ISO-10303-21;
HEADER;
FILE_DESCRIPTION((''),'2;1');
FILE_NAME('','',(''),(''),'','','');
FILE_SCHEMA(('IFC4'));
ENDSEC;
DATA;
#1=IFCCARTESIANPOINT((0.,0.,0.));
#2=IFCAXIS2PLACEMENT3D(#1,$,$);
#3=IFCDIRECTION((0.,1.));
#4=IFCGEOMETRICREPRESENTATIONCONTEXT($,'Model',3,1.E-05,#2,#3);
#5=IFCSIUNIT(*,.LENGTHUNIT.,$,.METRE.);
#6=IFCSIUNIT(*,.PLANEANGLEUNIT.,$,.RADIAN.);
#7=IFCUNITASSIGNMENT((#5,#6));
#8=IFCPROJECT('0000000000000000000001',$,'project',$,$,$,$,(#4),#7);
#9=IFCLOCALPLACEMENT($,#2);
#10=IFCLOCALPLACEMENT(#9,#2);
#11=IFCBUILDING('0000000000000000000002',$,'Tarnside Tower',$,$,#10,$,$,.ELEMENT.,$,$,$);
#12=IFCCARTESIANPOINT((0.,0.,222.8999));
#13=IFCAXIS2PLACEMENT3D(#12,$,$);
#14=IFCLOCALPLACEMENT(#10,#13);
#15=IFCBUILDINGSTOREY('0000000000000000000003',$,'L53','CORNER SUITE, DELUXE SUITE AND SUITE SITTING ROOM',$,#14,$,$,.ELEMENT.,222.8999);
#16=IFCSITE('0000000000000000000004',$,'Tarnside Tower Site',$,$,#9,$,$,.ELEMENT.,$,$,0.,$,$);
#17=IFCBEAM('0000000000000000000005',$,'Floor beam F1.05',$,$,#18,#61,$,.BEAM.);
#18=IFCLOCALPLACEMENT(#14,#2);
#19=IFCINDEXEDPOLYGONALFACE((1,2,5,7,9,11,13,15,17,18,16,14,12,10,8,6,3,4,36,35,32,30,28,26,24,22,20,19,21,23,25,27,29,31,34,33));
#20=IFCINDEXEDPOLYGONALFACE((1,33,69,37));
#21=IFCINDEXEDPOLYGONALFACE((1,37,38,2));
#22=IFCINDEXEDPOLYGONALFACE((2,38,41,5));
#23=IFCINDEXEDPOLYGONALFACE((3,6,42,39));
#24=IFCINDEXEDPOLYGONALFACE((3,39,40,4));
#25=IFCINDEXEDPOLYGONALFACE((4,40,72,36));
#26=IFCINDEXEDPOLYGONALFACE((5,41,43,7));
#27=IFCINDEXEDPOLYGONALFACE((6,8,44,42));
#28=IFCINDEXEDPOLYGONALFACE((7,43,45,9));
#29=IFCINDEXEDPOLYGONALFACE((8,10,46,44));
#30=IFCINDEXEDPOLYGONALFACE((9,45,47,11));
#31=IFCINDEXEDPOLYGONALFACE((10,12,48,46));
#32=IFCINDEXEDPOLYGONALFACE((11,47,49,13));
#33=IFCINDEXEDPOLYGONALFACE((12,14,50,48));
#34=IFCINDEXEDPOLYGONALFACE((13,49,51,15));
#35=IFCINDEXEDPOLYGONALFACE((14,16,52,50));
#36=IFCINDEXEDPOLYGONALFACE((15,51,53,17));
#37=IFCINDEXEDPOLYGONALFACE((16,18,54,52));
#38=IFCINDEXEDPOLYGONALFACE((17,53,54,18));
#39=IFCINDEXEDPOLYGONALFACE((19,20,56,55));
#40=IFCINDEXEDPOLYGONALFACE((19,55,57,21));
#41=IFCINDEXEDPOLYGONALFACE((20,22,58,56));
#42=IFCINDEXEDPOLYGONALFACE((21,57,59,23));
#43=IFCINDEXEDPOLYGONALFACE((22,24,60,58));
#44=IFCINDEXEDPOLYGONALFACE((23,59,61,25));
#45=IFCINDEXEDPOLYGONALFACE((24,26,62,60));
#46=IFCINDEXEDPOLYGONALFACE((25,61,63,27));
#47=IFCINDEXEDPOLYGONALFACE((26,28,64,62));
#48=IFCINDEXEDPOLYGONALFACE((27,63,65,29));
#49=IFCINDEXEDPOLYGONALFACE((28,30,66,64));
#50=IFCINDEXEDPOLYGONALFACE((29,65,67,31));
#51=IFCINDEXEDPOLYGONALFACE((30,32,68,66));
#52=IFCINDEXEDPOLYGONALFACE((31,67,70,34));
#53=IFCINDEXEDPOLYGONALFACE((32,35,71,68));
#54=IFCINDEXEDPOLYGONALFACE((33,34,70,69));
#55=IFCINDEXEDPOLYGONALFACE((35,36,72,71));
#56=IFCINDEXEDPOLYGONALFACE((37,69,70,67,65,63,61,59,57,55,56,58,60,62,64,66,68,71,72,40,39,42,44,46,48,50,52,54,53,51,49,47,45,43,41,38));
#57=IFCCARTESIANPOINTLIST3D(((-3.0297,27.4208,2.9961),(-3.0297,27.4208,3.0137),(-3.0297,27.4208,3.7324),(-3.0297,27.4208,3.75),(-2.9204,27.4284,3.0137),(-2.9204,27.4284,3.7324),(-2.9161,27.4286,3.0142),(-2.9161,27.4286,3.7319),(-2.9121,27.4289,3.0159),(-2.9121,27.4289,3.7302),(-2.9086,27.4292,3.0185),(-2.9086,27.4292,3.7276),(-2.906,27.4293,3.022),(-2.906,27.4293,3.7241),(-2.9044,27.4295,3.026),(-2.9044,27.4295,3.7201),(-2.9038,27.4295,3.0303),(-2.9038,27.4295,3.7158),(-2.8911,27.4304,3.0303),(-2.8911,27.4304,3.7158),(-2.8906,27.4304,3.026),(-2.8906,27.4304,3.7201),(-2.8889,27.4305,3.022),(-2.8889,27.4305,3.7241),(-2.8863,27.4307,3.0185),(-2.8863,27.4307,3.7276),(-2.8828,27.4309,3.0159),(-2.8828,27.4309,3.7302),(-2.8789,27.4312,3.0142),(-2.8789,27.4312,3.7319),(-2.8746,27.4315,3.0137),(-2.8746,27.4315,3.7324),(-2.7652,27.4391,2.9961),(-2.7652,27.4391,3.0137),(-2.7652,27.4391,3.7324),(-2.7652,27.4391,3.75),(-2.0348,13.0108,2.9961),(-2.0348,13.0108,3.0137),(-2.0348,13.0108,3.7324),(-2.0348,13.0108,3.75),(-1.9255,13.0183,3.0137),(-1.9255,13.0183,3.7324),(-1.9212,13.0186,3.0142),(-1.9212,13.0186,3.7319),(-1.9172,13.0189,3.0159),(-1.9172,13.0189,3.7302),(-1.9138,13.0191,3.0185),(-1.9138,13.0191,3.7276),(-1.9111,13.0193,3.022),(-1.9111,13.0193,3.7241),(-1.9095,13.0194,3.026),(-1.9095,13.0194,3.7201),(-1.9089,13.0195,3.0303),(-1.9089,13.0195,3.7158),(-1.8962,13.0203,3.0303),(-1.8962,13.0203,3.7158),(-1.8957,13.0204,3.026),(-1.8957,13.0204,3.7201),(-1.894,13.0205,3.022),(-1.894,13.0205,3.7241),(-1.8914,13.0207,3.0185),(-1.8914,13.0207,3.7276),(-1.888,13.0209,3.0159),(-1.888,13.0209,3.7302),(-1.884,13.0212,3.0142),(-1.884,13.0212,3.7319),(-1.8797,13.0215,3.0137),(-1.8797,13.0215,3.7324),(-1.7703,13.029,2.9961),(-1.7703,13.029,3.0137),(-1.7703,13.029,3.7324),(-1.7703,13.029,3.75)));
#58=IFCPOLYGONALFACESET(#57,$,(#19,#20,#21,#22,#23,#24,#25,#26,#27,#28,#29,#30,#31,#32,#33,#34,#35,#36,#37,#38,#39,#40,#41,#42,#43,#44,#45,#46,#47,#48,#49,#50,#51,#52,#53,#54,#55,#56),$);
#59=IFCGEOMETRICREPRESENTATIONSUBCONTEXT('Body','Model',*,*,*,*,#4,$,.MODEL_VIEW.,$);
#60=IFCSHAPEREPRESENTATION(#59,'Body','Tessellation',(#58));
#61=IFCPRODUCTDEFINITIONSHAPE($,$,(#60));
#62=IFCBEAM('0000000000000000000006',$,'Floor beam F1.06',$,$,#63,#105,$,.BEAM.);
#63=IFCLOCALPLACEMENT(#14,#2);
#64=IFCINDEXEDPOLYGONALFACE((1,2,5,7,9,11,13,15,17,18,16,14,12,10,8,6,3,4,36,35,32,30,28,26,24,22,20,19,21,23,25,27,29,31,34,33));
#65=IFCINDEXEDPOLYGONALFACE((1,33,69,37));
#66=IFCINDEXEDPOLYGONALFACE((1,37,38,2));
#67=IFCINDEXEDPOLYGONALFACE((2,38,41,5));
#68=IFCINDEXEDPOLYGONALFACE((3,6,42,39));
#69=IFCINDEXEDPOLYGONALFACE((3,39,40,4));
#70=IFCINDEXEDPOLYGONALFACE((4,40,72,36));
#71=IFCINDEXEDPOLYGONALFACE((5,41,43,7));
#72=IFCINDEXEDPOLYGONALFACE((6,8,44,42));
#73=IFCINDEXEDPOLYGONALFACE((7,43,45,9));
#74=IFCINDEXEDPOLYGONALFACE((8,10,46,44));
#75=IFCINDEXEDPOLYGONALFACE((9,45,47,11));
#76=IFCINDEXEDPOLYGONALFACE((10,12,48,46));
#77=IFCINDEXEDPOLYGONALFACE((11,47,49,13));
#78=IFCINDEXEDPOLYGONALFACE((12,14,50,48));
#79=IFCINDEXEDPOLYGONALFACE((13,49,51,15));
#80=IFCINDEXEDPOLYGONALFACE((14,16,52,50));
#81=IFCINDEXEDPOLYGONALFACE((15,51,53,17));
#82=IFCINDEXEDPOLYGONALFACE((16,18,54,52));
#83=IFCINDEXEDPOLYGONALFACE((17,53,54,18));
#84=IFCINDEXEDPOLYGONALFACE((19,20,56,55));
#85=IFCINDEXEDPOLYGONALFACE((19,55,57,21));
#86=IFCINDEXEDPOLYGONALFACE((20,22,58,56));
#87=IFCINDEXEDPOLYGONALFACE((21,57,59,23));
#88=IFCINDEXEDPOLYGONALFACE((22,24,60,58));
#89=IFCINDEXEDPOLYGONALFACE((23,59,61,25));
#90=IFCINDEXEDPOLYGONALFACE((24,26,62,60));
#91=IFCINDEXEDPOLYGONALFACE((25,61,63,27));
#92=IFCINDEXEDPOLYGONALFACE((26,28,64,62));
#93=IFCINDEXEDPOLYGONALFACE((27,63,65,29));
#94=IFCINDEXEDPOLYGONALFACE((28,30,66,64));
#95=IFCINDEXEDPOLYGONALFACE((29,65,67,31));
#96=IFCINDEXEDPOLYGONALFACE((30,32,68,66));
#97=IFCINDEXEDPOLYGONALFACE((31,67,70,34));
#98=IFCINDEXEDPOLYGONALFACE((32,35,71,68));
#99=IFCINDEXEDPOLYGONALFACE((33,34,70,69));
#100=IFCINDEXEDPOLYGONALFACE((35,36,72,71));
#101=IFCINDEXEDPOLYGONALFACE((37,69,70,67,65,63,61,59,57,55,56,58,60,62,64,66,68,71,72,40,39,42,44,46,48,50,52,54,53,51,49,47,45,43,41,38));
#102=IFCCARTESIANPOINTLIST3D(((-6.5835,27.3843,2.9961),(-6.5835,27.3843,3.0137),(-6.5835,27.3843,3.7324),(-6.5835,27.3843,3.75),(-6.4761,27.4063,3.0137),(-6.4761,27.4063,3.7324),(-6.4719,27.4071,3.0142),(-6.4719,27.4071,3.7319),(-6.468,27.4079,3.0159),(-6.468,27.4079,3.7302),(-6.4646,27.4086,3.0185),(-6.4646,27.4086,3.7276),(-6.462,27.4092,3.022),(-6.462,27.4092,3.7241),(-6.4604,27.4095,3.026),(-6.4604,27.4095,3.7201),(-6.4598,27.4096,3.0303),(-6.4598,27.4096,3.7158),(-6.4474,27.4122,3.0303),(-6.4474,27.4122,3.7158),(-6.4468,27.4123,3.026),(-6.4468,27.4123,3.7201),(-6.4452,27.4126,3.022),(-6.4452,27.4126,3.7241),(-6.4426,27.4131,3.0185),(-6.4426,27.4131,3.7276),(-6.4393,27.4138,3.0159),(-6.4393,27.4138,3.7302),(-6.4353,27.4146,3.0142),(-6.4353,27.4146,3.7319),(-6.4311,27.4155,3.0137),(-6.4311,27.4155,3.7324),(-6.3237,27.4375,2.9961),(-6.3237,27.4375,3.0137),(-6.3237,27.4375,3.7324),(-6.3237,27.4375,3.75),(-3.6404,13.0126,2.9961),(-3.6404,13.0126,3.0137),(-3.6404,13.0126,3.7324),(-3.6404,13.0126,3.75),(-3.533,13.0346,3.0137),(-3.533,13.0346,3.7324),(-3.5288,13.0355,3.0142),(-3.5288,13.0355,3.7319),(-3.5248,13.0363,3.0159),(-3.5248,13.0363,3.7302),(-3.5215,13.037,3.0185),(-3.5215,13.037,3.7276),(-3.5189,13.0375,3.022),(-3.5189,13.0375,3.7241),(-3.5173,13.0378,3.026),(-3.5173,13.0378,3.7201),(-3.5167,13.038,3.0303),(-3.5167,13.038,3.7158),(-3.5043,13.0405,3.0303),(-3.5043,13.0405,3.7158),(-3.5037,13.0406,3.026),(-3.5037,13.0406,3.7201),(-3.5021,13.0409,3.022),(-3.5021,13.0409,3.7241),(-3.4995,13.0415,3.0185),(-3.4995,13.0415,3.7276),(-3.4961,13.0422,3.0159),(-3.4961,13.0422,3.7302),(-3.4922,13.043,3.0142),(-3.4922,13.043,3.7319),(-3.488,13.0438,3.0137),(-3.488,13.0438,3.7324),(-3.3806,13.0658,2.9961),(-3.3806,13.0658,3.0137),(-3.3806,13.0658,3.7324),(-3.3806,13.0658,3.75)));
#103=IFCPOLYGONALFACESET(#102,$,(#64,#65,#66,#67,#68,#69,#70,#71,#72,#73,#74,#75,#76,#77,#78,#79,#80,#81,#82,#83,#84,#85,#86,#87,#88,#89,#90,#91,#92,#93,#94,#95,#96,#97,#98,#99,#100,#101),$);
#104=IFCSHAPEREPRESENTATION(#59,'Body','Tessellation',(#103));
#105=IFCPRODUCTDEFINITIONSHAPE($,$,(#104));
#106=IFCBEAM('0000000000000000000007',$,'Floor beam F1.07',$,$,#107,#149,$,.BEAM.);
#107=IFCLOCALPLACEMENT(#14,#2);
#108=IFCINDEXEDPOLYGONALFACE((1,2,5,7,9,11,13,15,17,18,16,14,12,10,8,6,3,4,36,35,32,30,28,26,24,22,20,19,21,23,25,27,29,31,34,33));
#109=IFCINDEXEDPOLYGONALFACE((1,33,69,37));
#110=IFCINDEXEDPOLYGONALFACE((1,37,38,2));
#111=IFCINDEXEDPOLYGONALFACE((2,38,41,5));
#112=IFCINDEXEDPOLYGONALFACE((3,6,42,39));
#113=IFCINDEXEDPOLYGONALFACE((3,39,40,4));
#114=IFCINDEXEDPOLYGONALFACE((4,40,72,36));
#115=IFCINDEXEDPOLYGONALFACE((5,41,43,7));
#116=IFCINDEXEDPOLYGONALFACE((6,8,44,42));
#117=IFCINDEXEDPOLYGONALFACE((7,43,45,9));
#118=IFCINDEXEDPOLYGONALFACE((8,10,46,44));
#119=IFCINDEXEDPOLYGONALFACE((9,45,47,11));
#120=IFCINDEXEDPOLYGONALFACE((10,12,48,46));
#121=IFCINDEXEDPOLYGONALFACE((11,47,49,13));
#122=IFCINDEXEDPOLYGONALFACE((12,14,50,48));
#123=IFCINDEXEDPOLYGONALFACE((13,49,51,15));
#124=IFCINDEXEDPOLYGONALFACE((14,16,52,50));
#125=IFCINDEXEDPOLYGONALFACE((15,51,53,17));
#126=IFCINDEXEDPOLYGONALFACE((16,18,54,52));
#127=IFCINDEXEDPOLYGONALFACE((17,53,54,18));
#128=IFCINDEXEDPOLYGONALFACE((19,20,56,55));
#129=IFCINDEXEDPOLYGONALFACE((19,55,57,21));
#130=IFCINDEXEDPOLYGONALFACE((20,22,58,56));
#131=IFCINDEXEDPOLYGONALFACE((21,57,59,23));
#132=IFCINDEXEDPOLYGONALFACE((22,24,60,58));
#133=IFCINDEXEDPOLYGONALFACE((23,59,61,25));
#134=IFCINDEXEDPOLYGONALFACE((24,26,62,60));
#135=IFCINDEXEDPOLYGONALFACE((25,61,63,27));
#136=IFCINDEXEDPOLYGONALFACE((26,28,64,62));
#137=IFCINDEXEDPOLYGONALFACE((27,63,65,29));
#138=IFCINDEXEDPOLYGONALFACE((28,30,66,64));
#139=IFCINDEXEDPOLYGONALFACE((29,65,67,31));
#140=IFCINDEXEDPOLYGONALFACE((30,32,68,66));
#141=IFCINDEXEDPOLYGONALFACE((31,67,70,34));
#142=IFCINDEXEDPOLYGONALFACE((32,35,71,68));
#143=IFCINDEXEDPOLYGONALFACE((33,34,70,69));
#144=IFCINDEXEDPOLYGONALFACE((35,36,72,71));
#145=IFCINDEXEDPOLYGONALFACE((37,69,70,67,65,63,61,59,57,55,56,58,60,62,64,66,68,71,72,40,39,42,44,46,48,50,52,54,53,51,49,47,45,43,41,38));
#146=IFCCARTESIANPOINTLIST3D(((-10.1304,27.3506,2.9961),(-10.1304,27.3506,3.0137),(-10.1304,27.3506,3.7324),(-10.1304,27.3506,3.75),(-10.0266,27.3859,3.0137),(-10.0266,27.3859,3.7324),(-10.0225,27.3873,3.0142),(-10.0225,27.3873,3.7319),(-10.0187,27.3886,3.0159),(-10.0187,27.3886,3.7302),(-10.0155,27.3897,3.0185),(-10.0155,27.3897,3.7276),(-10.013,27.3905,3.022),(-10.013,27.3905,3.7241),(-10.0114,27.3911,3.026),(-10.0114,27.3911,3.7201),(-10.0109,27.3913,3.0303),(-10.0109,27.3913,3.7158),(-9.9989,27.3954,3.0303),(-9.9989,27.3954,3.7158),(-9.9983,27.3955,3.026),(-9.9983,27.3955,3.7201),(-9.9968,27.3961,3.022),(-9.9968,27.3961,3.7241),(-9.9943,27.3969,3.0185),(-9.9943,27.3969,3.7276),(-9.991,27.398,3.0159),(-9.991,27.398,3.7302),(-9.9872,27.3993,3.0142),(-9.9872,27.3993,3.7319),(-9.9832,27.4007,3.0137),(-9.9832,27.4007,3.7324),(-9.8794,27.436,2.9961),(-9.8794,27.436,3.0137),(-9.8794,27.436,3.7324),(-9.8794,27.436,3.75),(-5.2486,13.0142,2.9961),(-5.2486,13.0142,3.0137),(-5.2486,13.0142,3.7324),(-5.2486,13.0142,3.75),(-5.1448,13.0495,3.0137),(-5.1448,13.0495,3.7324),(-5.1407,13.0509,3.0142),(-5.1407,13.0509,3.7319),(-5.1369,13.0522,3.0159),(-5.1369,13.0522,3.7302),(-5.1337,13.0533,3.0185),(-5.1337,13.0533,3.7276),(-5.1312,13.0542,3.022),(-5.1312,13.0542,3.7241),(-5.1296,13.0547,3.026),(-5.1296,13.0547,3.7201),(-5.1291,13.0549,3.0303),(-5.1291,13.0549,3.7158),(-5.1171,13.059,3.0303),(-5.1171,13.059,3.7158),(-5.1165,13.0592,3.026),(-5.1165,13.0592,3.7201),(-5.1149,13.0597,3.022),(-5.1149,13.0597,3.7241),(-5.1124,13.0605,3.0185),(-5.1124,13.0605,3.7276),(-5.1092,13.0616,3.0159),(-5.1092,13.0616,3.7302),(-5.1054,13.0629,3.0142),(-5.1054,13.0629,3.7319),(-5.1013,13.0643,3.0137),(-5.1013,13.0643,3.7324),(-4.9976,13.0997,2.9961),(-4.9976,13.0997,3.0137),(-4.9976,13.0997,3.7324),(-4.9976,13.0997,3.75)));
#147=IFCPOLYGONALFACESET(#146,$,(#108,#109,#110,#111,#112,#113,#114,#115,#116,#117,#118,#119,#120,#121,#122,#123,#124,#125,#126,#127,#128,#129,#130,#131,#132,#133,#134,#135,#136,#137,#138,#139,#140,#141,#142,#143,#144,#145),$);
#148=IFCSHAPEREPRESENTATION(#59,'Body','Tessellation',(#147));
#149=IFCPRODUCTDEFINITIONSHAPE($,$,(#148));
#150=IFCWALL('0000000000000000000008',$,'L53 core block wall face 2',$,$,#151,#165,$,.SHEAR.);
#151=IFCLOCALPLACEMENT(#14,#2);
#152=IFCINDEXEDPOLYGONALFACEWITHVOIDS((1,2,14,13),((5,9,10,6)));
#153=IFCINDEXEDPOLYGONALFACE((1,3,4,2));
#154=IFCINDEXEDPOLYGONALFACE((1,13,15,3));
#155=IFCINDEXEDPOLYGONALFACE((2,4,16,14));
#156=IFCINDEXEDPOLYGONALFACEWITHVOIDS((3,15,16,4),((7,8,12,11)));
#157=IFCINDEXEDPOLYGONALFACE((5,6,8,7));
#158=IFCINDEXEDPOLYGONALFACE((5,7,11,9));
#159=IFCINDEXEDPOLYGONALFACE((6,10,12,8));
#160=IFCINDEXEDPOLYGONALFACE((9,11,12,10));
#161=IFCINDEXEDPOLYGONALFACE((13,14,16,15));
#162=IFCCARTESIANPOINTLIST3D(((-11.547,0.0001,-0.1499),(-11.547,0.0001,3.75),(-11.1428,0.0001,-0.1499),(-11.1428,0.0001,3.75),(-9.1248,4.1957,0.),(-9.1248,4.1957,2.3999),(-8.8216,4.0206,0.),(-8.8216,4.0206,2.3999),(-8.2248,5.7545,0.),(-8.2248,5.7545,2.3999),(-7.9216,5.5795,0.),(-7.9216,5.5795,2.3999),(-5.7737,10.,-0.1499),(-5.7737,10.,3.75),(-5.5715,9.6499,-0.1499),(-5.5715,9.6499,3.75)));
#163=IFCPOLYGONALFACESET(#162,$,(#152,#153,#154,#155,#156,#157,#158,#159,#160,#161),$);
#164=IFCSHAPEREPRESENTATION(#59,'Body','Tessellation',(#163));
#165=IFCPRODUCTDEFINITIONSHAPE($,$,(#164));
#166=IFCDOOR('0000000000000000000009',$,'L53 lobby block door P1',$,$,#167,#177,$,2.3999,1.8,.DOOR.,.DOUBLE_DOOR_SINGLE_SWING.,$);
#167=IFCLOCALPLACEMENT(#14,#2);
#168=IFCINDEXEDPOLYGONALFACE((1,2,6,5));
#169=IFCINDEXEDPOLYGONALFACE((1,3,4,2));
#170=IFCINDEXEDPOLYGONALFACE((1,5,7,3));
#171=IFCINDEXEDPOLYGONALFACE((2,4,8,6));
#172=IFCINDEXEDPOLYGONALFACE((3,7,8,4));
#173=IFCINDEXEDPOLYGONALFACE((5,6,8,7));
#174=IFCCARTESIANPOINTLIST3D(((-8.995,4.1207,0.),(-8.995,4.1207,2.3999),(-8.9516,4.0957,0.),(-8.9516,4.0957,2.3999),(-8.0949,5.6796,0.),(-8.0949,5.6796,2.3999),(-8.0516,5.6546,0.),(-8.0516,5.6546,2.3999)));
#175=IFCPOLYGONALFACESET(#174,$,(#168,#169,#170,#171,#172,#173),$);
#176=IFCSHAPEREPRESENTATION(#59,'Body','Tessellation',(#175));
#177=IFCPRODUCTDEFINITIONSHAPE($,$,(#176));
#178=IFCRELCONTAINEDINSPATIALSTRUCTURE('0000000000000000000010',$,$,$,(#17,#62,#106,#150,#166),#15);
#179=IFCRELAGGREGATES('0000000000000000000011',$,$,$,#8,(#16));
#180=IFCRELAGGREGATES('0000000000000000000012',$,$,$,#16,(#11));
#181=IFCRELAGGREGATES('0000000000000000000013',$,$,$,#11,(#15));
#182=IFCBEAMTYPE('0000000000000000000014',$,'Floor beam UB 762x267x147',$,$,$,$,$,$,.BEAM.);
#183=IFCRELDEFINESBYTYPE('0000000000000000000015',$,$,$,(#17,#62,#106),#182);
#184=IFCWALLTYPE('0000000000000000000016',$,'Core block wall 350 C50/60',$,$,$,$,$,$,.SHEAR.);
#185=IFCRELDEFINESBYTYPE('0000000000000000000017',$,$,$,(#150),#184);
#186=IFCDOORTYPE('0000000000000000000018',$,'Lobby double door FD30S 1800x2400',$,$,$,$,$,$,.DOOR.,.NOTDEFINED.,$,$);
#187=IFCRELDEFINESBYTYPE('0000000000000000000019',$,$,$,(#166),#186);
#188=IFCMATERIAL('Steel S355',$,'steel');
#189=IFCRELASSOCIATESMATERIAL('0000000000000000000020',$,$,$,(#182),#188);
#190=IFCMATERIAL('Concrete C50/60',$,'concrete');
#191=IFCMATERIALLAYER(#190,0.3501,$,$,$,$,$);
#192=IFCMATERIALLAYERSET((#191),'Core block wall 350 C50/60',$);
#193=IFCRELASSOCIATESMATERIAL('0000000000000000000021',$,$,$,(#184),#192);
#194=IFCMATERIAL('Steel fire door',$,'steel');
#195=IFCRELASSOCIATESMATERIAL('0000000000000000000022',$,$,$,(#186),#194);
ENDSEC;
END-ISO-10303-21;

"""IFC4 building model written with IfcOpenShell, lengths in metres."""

from ifc_helpers import new_model, si_unit, direction, frame, frame_2d, origin, origin_2d, place, context, subcontext, project, spatial, polyline, rectangle, i_section, outline, extrude, material, layer, layer_set, material_profile, profile_set, type_object, element, fill, save


model = new_model("IFC4")

# Units and contexts
model_context = context("Model", 3, precision=1e-05, world=origin(), true_north=direction((0.0, 1.0)))
body_context = subcontext(model_context, "Body", "Model", "MODEL_VIEW")
ifc_project = project(units=[si_unit("LENGTHUNIT", "METRE"), si_unit("PLANEANGLEUNIT", "RADIAN")], contexts=[model_context])

# Site, building, storey
site_placement = place(None, origin())
site = spatial("IfcSite", under=ifc_project, at=site_placement, Name="Tarnside Tower Site", CompositionType="ELEMENT", RefElevation=0.0)
building_placement = place(site_placement, origin())
building = spatial("IfcBuilding", under=site, at=building_placement, Name="Tarnside Tower", CompositionType="ELEMENT")
storey_placement = place(building_placement, frame((0.0, 0.0, 222.8999)))
storey = spatial("IfcBuildingStorey", under=building, at=storey_placement, Name="L53", Description="CORNER SUITE, DELUXE SUITE AND SUITE SITTING ROOM", CompositionType="ELEMENT", Elevation=222.8999)

# Beams
ifc_material_1 = material(Name="Steel S355", Category="steel")
ifc_material_profile = material_profile(ifc_material_1, i_section(OverallWidth=0.2651, OverallDepth=0.7539, WebThickness=0.0127, FlangeThickness=0.0176, FilletRadius=0.0166, at=origin_2d()), Name="UB 762x267x147")
ifc_profile_set = profile_set([ifc_material_profile], Name="Steel S355")
beam_type = type_object("IfcBeamType", Name="Floor beam UB 762x267x147", PredefinedType="BEAM", material=ifc_profile_set)
beam_1_placement = place(storey_placement, frame((-2.8975, 27.4299, 3.373), z_axis=(0.068877, -0.997625, 0.0), x_axis=(0.997625, 0.068877, 0.0)))
element("IfcBeam", 1, at=beam_1_placement, inside=storey, type_object=beam_type, Name="Floor beam F1.05", PredefinedType="BEAM", context=body_context, shape_type="SweptSolid", body=[
    extrude(i_section(OverallWidth=0.2651, OverallDepth=0.7539, WebThickness=0.0127, FlangeThickness=0.0176, FilletRadius=0.0166, at=origin_2d()), origin(), (0.0, 0.0, 1.0), 14.4443),
])
beam_2_placement = place(storey_placement, frame((-6.4536, 27.4109, 3.373), z_axis=(0.200623, -0.979668, 0.0), x_axis=(0.979668, 0.200623, 0.0)))
element("IfcBeam", 2, at=beam_2_placement, inside=storey, type_object=beam_type, Name="Floor beam F1.06", PredefinedType="BEAM", context=body_context, shape_type="SweptSolid", body=[
    extrude(i_section(OverallWidth=0.2651, OverallDepth=0.7539, WebThickness=0.0127, FlangeThickness=0.0176, FilletRadius=0.0166, at=origin_2d()), origin(), (0.0, 0.0, 1.0), 14.6699),
])
beam_3_placement = place(storey_placement, frame((-10.0049, 27.3933, 3.373), z_axis=(0.322344, -0.946623, 0.0), x_axis=(0.946623, 0.322344, 0.0)))
element("IfcBeam", 3, at=beam_3_placement, inside=storey, type_object=beam_type, Name="Floor beam F1.07", PredefinedType="BEAM", context=body_context, shape_type="SweptSolid", body=[
    extrude(i_section(OverallWidth=0.2651, OverallDepth=0.7539, WebThickness=0.0127, FlangeThickness=0.0176, FilletRadius=0.0166, at=origin_2d()), origin(), (0.0, 0.0, 1.0), 15.1448),
])

# Wall, opening, door
ifc_material_2 = material(Name="Concrete C50/60", Category="concrete")
ifc_layer_1 = layer(ifc_material_2, 0.3501)
ifc_layer_set_1 = layer_set([ifc_layer_1], Name="Core block wall 350 C50/60")
wall_type_1 = type_object("IfcWallType", Name="Core block wall 350 C50/60", PredefinedType="SHEAR", material=ifc_layer_set_1)
wall_1_placement = place(storey_placement, frame((-5.6726, 9.825, -0.1499), z_axis=(0.0, 0.0, 1.0), x_axis=(-0.499995, -0.866028, 0.0)))
wall_1 = element("IfcWall", 4, at=wall_1_placement, inside=storey, type_object=wall_type_1, Name="L53 core block wall face 2", PredefinedType="SHEAR", context=body_context, shape_type="SweptSolid", body=[
    extrude(outline(polyline([(-0.1011, -0.175), (11.4458, -0.175), (11.2437, 0.175), (0.1011, 0.175), (-0.1011, -0.175)])), origin(), (0.0, 0.0, 1.0), 3.8999),
])
opening_1_placement = place(wall_1_placement, frame((4.8013, 0.0, 0.1499)))
opening_1 = element("IfcOpeningElement", 5, at=opening_1_placement, cuts=wall_1, PredefinedType="OPENING", context=body_context, shape_type="SweptSolid", body=[
    extrude(rectangle(XDim=1.8, YDim=2.3999, at=frame_2d((0.8999, 1.2))), frame((0.0, 0.1851, 0.0), z_axis=(0.0, -1.0, 0.0), x_axis=(1.0, 0.0, 0.0)), (0.0, 0.0, 1.0), 0.3701),
])
ifc_material_3 = material(Name="Steel fire door", Category="steel")
door_type_1 = type_object("IfcDoorType", Name="Lobby double door FD30S 1800x2400", OperationType="NOTDEFINED", PredefinedType="DOOR", material=ifc_material_3)
door_1_placement = place(opening_1_placement, origin())
door_1 = element("IfcDoor", 6, at=door_1_placement, inside=storey, type_object=door_type_1, Name="L53 lobby block door P1", OperationType="DOUBLE_DOOR_SINGLE_SWING", OverallHeight=2.3999, OverallWidth=1.8, PredefinedType="DOOR", context=body_context, shape_type="SweptSolid", body=[
    extrude(rectangle(XDim=1.8, YDim=2.3999, at=frame_2d((0.8999, 1.2))), frame((0.0, 0.0249, 0.0), z_axis=(0.0, -1.0, 0.0), x_axis=(1.0, 0.0, 0.0)), (0.0, 0.0, 1.0), 0.05),
])
fill(opening_1, door_1)

save(model, "model.ifc")
